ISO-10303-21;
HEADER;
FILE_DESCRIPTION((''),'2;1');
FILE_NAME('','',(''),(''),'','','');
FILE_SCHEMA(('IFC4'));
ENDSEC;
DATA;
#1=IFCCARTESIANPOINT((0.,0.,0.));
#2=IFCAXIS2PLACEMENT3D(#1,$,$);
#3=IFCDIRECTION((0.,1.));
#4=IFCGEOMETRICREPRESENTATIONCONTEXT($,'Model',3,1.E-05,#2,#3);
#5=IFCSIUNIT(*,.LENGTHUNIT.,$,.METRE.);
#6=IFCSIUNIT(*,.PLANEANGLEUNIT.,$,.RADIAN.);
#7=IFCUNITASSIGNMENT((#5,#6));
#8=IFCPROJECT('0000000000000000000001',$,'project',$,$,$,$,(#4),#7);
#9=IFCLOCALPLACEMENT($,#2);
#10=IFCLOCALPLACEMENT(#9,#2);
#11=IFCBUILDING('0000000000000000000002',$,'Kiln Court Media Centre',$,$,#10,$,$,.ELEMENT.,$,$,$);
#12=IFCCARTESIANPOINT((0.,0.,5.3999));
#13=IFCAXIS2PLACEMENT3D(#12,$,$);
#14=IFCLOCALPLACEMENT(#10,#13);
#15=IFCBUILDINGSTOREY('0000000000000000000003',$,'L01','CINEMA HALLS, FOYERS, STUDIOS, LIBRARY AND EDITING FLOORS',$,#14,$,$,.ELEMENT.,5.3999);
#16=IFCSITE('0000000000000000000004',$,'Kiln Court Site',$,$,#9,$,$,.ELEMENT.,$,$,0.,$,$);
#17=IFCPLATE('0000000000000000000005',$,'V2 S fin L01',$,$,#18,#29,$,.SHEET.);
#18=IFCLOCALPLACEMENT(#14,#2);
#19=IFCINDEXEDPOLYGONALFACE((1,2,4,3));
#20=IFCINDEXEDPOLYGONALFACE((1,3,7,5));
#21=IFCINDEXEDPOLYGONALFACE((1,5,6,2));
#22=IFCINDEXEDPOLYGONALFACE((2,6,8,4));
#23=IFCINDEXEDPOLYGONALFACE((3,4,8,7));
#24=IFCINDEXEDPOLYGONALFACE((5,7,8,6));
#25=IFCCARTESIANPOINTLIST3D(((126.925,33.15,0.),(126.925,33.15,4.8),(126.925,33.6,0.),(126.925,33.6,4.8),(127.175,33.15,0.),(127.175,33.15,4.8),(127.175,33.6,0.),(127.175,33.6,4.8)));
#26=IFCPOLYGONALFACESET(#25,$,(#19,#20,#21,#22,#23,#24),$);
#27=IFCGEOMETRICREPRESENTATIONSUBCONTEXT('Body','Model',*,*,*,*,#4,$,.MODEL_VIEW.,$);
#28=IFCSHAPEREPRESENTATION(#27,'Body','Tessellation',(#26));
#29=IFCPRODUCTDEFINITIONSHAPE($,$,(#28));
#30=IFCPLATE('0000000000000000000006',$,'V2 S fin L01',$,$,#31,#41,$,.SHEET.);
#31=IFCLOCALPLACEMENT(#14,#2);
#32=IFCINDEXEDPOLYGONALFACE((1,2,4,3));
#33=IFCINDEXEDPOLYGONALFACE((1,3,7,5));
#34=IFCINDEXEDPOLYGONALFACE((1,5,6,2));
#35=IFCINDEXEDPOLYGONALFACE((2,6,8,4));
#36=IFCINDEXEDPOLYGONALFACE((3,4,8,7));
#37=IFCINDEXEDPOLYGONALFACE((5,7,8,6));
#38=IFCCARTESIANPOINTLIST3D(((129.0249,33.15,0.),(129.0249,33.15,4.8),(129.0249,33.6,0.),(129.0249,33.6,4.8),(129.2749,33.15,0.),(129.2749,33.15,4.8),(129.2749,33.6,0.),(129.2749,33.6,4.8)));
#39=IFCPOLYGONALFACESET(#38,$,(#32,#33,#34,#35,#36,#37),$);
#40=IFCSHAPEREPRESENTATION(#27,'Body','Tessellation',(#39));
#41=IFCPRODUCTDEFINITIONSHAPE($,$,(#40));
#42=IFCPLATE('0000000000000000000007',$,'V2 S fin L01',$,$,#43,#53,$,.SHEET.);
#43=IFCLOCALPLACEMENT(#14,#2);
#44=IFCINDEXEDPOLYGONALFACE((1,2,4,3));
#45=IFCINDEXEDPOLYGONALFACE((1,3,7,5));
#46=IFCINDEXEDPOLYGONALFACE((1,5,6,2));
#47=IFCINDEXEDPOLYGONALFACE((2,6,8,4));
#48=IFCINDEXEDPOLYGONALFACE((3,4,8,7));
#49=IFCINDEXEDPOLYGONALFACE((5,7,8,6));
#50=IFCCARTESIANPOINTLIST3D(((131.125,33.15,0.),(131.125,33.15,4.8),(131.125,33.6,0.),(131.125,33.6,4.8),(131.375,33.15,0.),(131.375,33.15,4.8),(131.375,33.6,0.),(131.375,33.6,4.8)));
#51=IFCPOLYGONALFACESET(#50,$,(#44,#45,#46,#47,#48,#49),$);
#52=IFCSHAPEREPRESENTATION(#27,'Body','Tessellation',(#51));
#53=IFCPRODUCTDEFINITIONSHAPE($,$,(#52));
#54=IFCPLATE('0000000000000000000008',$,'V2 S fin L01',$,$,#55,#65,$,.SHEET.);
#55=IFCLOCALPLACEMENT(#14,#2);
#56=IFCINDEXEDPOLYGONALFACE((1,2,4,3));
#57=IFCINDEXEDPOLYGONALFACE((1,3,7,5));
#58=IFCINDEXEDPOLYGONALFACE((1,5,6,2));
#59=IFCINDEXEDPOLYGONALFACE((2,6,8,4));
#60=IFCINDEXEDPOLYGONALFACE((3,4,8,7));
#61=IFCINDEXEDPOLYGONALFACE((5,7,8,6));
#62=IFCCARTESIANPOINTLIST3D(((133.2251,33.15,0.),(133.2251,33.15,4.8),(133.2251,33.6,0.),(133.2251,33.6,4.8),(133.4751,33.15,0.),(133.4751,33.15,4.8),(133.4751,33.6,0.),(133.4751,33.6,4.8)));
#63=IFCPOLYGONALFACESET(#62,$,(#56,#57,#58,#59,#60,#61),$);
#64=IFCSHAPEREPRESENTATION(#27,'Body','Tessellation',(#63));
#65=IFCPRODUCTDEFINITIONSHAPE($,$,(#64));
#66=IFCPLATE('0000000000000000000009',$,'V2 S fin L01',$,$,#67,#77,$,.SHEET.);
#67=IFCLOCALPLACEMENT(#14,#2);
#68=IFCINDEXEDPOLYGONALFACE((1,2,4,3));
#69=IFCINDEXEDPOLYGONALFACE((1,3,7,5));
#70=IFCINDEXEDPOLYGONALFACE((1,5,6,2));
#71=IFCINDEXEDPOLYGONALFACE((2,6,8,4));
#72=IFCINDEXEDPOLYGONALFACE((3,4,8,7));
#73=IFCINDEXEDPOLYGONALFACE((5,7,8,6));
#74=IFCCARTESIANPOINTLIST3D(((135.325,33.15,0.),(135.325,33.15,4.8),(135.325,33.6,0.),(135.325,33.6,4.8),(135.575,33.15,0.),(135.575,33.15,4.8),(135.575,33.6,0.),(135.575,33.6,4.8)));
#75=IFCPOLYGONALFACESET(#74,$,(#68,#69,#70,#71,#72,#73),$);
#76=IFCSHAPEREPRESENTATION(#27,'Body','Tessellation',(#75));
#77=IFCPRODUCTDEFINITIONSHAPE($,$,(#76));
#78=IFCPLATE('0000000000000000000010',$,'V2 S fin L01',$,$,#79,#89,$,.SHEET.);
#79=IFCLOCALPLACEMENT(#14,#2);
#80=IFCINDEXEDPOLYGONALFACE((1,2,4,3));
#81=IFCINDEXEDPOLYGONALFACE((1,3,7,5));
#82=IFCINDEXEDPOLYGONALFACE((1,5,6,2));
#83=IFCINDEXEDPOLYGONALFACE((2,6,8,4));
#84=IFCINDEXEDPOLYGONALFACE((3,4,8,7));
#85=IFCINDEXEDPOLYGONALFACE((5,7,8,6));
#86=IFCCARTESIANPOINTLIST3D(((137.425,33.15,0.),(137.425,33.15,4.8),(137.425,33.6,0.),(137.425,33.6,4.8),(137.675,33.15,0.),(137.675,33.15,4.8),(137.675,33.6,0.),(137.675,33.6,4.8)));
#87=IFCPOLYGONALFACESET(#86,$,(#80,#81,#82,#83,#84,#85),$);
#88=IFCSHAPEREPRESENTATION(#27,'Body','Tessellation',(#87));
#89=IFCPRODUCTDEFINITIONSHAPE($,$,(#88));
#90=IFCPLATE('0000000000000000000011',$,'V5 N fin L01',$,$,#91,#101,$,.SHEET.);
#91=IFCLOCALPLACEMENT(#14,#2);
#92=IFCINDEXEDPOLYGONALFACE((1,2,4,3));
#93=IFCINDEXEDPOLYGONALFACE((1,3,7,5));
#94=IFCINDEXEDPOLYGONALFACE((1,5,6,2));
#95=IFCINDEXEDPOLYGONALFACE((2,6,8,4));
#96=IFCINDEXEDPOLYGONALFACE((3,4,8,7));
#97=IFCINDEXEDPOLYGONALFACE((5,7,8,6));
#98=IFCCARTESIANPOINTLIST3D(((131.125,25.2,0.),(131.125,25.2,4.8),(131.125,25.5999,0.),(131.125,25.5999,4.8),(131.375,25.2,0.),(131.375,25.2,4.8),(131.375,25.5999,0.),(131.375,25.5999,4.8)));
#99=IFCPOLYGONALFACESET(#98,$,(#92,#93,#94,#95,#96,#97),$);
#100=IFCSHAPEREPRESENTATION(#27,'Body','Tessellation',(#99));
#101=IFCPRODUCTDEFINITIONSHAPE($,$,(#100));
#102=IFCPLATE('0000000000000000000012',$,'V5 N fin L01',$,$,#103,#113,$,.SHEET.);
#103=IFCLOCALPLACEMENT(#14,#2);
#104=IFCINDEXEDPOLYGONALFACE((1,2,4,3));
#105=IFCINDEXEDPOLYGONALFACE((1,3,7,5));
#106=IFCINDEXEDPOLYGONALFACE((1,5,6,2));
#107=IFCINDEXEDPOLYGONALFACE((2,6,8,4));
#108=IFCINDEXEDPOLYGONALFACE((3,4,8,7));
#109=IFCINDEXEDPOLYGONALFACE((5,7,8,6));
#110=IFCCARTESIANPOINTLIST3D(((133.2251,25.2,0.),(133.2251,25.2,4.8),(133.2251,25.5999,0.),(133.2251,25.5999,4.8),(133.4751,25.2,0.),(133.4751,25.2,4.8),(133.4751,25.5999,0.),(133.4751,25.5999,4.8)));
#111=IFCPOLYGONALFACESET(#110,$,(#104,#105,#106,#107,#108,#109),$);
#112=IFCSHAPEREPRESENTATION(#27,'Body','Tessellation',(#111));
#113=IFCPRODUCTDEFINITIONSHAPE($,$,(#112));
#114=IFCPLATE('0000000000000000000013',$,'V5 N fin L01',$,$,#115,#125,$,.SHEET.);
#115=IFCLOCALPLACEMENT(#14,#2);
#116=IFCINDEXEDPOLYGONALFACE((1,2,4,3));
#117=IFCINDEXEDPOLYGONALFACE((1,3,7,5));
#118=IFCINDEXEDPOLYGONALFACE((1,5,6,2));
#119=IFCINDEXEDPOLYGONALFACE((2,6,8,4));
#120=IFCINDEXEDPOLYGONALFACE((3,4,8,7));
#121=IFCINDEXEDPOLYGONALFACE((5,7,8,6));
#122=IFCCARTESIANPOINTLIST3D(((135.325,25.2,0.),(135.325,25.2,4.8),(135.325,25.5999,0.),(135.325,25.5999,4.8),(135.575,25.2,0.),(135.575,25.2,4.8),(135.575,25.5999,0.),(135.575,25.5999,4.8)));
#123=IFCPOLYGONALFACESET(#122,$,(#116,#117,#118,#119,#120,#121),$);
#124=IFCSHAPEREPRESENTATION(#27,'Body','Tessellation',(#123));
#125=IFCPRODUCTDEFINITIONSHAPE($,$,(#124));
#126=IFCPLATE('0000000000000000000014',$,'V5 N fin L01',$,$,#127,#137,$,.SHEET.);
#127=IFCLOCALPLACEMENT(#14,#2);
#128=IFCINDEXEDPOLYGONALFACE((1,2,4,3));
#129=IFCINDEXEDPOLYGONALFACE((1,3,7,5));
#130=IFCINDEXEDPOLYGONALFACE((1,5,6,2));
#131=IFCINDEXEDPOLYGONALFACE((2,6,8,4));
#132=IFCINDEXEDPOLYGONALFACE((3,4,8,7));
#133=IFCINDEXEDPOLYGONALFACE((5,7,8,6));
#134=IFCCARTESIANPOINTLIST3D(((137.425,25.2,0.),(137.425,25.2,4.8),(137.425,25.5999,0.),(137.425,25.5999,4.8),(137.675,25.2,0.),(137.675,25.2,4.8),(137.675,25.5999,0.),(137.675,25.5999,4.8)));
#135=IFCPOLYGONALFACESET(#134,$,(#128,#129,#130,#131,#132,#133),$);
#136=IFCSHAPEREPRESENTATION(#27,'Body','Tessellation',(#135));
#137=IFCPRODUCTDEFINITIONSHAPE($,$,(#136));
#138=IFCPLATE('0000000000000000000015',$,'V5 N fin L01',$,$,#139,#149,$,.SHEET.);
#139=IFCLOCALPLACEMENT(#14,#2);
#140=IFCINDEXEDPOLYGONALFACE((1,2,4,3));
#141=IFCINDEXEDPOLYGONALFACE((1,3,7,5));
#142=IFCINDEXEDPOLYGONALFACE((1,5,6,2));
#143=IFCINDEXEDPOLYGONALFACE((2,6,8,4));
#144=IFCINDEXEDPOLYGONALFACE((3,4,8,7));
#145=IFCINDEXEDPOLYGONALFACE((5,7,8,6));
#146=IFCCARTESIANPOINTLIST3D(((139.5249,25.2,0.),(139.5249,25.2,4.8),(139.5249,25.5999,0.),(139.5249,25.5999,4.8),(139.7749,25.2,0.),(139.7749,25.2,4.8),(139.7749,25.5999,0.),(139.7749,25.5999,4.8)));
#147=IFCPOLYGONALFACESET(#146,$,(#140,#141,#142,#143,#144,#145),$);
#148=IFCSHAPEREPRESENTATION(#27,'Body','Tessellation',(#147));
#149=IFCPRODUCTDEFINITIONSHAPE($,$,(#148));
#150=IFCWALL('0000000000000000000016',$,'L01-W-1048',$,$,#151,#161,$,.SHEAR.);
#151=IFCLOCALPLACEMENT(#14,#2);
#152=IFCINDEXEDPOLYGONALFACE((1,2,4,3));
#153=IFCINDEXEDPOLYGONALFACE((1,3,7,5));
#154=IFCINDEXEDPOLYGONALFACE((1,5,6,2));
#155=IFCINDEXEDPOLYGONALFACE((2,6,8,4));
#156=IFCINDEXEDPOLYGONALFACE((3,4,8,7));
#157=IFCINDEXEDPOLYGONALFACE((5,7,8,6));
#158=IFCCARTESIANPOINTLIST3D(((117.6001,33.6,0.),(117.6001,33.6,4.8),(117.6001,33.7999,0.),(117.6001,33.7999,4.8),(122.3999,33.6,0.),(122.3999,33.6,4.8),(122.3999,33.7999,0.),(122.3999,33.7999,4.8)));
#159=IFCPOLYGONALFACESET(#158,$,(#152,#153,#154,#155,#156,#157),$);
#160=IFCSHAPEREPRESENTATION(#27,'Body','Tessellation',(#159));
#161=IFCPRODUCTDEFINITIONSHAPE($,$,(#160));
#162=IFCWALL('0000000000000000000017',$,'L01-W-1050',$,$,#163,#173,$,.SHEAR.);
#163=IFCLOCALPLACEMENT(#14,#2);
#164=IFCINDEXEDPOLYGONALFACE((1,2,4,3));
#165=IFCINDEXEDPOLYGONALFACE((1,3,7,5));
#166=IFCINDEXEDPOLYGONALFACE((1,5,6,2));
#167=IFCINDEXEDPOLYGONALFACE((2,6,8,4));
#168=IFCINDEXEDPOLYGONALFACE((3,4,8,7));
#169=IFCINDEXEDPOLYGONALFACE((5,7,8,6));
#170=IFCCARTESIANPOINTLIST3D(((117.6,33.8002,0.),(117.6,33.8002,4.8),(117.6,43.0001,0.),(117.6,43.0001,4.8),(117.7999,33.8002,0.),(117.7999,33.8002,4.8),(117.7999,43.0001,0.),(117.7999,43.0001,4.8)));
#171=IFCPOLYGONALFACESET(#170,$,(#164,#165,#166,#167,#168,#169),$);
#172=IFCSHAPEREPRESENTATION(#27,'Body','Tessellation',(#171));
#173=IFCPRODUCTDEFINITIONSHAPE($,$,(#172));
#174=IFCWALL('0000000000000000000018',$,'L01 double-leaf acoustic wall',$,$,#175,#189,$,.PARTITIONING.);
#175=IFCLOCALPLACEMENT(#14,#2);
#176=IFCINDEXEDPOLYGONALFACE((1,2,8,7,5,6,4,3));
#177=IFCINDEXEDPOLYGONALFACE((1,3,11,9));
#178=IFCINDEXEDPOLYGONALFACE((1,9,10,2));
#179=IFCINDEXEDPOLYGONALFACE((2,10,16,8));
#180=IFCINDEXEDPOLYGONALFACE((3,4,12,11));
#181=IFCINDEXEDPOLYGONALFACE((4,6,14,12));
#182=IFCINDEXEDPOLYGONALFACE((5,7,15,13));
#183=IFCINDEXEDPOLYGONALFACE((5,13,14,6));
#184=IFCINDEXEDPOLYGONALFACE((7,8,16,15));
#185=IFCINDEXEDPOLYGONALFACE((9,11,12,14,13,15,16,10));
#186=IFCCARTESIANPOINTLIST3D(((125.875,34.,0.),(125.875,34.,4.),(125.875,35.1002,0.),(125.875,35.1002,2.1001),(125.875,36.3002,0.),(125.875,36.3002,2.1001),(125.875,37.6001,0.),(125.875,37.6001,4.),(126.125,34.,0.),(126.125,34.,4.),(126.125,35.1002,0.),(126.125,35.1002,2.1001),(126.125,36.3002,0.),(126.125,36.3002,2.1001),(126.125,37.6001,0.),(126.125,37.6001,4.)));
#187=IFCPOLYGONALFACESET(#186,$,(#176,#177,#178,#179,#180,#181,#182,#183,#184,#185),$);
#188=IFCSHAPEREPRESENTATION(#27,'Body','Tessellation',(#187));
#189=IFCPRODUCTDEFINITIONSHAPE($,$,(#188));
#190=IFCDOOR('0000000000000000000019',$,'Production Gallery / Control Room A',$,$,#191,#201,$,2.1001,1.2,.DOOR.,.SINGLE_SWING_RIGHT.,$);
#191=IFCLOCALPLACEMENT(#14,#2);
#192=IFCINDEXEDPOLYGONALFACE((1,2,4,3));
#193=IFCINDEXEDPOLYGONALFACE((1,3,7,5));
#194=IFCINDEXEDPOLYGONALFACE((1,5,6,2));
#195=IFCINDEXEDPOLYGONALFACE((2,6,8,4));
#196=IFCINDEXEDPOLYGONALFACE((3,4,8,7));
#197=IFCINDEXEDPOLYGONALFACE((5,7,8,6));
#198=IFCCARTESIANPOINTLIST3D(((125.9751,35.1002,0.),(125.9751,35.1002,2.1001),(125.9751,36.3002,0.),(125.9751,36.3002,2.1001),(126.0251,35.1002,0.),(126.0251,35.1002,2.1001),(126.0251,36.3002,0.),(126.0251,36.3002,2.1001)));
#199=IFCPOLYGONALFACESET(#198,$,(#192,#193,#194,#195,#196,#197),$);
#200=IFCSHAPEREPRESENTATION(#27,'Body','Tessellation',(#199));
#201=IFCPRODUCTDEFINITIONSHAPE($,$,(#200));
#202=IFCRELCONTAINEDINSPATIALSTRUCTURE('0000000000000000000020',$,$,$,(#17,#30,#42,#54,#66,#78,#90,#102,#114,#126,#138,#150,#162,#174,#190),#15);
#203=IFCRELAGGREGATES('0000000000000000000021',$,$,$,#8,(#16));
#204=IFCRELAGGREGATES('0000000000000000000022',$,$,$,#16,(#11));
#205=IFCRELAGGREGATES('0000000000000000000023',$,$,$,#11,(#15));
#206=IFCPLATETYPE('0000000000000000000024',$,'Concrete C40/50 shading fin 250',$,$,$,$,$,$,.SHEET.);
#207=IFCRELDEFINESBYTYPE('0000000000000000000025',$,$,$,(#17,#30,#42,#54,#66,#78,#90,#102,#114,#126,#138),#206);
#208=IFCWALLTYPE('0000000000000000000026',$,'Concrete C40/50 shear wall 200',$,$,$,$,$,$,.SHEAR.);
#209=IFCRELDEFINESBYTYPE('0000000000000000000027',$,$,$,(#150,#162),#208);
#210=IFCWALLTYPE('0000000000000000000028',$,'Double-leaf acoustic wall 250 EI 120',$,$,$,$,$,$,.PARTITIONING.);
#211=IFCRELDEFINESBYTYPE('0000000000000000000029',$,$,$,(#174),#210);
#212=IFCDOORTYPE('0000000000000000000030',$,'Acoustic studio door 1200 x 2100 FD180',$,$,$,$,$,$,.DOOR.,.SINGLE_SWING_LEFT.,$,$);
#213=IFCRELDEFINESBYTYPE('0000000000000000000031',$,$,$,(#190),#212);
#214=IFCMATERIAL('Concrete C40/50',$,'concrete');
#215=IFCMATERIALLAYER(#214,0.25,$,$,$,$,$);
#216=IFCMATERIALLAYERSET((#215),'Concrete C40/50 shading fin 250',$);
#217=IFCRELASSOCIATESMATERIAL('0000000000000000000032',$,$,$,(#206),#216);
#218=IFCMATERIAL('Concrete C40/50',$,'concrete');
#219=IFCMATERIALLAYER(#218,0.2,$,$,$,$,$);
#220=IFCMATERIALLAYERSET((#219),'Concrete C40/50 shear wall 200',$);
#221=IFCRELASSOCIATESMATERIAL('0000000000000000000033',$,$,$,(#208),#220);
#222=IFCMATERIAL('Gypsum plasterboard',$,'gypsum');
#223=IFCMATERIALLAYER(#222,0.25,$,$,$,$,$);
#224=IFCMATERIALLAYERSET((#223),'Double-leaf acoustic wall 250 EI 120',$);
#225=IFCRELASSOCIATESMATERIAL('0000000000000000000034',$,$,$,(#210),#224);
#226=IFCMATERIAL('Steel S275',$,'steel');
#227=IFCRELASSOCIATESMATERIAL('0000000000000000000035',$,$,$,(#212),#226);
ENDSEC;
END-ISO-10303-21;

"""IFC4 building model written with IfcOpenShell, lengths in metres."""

from ifc_helpers import new_model, si_unit, direction, frame, frame_2d, origin, origin_2d, place, context, subcontext, project, spatial, rectangle, extrude, material, layer, layer_set, type_object, element, fill, save


model = new_model("IFC4")

# Units and contexts
model_context = context("Model", 3, precision=1e-05, world=origin(), true_north=direction((0.0, 1.0)))
body_context = subcontext(model_context, "Body", "Model", "MODEL_VIEW")
ifc_project = project(units=[si_unit("LENGTHUNIT", "METRE"), si_unit("PLANEANGLEUNIT", "RADIAN")], contexts=[model_context])

# Site, building, storey
site_placement = place(None, origin())
site = spatial("IfcSite", under=ifc_project, at=site_placement, Name="Kiln Court Site", CompositionType="ELEMENT", RefElevation=0.0)
building_placement = place(site_placement, origin())
building = spatial("IfcBuilding", under=site, at=building_placement, Name="Kiln Court Media Centre", CompositionType="ELEMENT")
storey_placement = place(building_placement, frame((0.0, 0.0, 5.3999)))
storey = spatial("IfcBuildingStorey", under=building, at=storey_placement, Name="L01", Description="CINEMA HALLS, FOYERS, STUDIOS, LIBRARY AND EDITING FLOORS", CompositionType="ELEMENT", Elevation=5.3999)

# Plates
ifc_material_1 = material(Name="Concrete C40/50", Category="concrete")
ifc_layer_1 = layer(ifc_material_1, 0.25)
ifc_layer_set_1 = layer_set([ifc_layer_1], Name="Concrete C40/50 shading fin 250")
plate_type = type_object("IfcPlateType", Name="Concrete C40/50 shading fin 250", PredefinedType="SHEET", material=ifc_layer_set_1)
for number, where, z_axis, x_axis, name in (
    (1, (127.05, 33.375, 0.0), (0.0, 0.0, 1.0), (1.0, 0.0, 0.0), "V2 S fin L01"),
    (2, (129.1499, 33.375, 0.0), (0.0, 0.0, 1.0), (1.0, 0.0, 0.0), "V2 S fin L01"),
    (3, (131.25, 33.375, 0.0), (0.0, 0.0, 1.0), (1.0, 0.0, 0.0), "V2 S fin L01"),
    (4, (133.3501, 33.375, 0.0), (0.0, 0.0, 1.0), (1.0, 0.0, 0.0), "V2 S fin L01"),
    (5, (135.45, 33.375, 0.0), (0.0, 0.0, 1.0), (1.0, 0.0, 0.0), "V2 S fin L01"),
    (6, (137.55, 33.375, 0.0), (0.0, 0.0, 1.0), (1.0, 0.0, 0.0), "V2 S fin L01"),
):
    element("IfcPlate", number, at=place(storey_placement, frame(where, z_axis=z_axis, x_axis=x_axis)), inside=storey, type_object=plate_type, Name=name, PredefinedType="SHEET", context=body_context, shape_type="SweptSolid", body=[
        extrude(rectangle(XDim=0.25, YDim=0.45, at=origin_2d()), origin(), (0.0, 0.0, 1.0), 4.8),
    ])
for number, where, z_axis, x_axis, name in (
    (7, (131.25, 25.3999, 0.0), (0.0, 0.0, 1.0), (1.0, 0.0, 0.0), "V5 N fin L01"),
    (8, (133.3501, 25.3999, 0.0), (0.0, 0.0, 1.0), (1.0, 0.0, 0.0), "V5 N fin L01"),
    (9, (135.45, 25.3999, 0.0), (0.0, 0.0, 1.0), (1.0, 0.0, 0.0), "V5 N fin L01"),
    (10, (137.55, 25.3999, 0.0), (0.0, 0.0, 1.0), (1.0, 0.0, 0.0), "V5 N fin L01"),
    (11, (139.6499, 25.3999, 0.0), (0.0, 0.0, 1.0), (1.0, 0.0, 0.0), "V5 N fin L01"),
):
    element("IfcPlate", number, at=place(storey_placement, frame(where, z_axis=z_axis, x_axis=x_axis)), inside=storey, type_object=plate_type, Name=name, PredefinedType="SHEET", context=body_context, shape_type="SweptSolid", body=[
        extrude(rectangle(XDim=0.25, YDim=0.3999, at=origin_2d()), origin(), (0.0, 0.0, 1.0), 4.8),
    ])

# Walls
ifc_material_2 = material(Name="Concrete C40/50", Category="concrete")
ifc_layer_2 = layer(ifc_material_2, 0.2)
ifc_layer_set_2 = layer_set([ifc_layer_2], Name="Concrete C40/50 shear wall 200")
wall_type_1 = type_object("IfcWallType", Name="Concrete C40/50 shear wall 200", PredefinedType="SHEAR", material=ifc_layer_set_2)
wall_1_placement = place(storey_placement, frame((122.3999, 33.7, 0.0), z_axis=(0.0, 0.0, 1.0), x_axis=(-1.0, 0.0, 0.0)))
element("IfcWall", 12, at=wall_1_placement, inside=storey, type_object=wall_type_1, Name="L01-W-1048", PredefinedType="SHEAR", context=body_context, shape_type="SweptSolid", body=[
    extrude(rectangle(XDim=4.7998, YDim=0.2, at=frame_2d((2.3999, 0.0))), origin(), (0.0, 0.0, 1.0), 4.8),
])
wall_2_placement = place(storey_placement, frame((117.7, 33.8, 0.0), z_axis=(0.0, 0.0, 1.0), x_axis=(0.0, 1.0, 0.0)))
element("IfcWall", 13, at=wall_2_placement, inside=storey, type_object=wall_type_1, Name="L01-W-1050", PredefinedType="SHEAR", context=body_context, shape_type="SweptSolid", body=[
    extrude(rectangle(XDim=9.2, YDim=0.2, at=frame_2d((4.6001, 0.0))), origin(), (0.0, 0.0, 1.0), 4.8),
])

# Wall, opening, door
ifc_material_3 = material(Name="Gypsum plasterboard", Category="gypsum")
ifc_layer_3 = layer(ifc_material_3, 0.25)
ifc_layer_set_3 = layer_set([ifc_layer_3], Name="Double-leaf acoustic wall 250 EI 120")
wall_type_2 = type_object("IfcWallType", Name="Double-leaf acoustic wall 250 EI 120", PredefinedType="PARTITIONING", material=ifc_layer_set_3)
wall_3_placement = place(storey_placement, frame((126.0, 34.0, 0.0), z_axis=(0.0, 0.0, 1.0), x_axis=(0.0, 1.0, 0.0)))
wall_3 = element("IfcWall", 14, at=wall_3_placement, inside=storey, type_object=wall_type_2, Name="L01 double-leaf acoustic wall", PredefinedType="PARTITIONING", context=body_context, shape_type="SweptSolid", body=[
    extrude(rectangle(XDim=3.6001, YDim=0.25, at=frame_2d((1.8, 0.0))), origin(), (0.0, 0.0, 1.0), 4.0),
])
opening_placement = place(wall_3_placement, frame((1.1001, 0.0, 0.0)))
opening = element("IfcOpeningElement", 15, at=opening_placement, cuts=wall_3, PredefinedType="OPENING", context=body_context, shape_type="SweptSolid", body=[
    extrude(rectangle(XDim=1.2, YDim=2.1001, at=frame_2d((0.6001, 1.05))), frame((0.0, 0.135, 0.0), z_axis=(0.0, -1.0, 0.0), x_axis=(1.0, 0.0, 0.0)), (0.0, 0.0, 1.0), 0.27),
])
ifc_material_4 = material(Name="Steel S275", Category="steel")
door_type = type_object("IfcDoorType", Name="Acoustic studio door 1200 x 2100 FD180", OperationType="SINGLE_SWING_LEFT", PredefinedType="DOOR", material=ifc_material_4)
door_placement = place(opening_placement, origin())
door = element("IfcDoor", 16, at=door_placement, inside=storey, type_object=door_type, Name="Production Gallery / Control Room A", OperationType="SINGLE_SWING_RIGHT", OverallHeight=2.1001, OverallWidth=1.2, PredefinedType="DOOR", context=body_context, shape_type="SweptSolid", body=[
    extrude(rectangle(XDim=1.2, YDim=2.1001, at=frame_2d((0.6001, 1.05))), frame((0.0, 0.0249, 0.0), z_axis=(0.0, -1.0, 0.0), x_axis=(1.0, 0.0, 0.0)), (0.0, 0.0, 1.0), 0.05),
])
fill(opening, door)

save(model, "model.ifc")
